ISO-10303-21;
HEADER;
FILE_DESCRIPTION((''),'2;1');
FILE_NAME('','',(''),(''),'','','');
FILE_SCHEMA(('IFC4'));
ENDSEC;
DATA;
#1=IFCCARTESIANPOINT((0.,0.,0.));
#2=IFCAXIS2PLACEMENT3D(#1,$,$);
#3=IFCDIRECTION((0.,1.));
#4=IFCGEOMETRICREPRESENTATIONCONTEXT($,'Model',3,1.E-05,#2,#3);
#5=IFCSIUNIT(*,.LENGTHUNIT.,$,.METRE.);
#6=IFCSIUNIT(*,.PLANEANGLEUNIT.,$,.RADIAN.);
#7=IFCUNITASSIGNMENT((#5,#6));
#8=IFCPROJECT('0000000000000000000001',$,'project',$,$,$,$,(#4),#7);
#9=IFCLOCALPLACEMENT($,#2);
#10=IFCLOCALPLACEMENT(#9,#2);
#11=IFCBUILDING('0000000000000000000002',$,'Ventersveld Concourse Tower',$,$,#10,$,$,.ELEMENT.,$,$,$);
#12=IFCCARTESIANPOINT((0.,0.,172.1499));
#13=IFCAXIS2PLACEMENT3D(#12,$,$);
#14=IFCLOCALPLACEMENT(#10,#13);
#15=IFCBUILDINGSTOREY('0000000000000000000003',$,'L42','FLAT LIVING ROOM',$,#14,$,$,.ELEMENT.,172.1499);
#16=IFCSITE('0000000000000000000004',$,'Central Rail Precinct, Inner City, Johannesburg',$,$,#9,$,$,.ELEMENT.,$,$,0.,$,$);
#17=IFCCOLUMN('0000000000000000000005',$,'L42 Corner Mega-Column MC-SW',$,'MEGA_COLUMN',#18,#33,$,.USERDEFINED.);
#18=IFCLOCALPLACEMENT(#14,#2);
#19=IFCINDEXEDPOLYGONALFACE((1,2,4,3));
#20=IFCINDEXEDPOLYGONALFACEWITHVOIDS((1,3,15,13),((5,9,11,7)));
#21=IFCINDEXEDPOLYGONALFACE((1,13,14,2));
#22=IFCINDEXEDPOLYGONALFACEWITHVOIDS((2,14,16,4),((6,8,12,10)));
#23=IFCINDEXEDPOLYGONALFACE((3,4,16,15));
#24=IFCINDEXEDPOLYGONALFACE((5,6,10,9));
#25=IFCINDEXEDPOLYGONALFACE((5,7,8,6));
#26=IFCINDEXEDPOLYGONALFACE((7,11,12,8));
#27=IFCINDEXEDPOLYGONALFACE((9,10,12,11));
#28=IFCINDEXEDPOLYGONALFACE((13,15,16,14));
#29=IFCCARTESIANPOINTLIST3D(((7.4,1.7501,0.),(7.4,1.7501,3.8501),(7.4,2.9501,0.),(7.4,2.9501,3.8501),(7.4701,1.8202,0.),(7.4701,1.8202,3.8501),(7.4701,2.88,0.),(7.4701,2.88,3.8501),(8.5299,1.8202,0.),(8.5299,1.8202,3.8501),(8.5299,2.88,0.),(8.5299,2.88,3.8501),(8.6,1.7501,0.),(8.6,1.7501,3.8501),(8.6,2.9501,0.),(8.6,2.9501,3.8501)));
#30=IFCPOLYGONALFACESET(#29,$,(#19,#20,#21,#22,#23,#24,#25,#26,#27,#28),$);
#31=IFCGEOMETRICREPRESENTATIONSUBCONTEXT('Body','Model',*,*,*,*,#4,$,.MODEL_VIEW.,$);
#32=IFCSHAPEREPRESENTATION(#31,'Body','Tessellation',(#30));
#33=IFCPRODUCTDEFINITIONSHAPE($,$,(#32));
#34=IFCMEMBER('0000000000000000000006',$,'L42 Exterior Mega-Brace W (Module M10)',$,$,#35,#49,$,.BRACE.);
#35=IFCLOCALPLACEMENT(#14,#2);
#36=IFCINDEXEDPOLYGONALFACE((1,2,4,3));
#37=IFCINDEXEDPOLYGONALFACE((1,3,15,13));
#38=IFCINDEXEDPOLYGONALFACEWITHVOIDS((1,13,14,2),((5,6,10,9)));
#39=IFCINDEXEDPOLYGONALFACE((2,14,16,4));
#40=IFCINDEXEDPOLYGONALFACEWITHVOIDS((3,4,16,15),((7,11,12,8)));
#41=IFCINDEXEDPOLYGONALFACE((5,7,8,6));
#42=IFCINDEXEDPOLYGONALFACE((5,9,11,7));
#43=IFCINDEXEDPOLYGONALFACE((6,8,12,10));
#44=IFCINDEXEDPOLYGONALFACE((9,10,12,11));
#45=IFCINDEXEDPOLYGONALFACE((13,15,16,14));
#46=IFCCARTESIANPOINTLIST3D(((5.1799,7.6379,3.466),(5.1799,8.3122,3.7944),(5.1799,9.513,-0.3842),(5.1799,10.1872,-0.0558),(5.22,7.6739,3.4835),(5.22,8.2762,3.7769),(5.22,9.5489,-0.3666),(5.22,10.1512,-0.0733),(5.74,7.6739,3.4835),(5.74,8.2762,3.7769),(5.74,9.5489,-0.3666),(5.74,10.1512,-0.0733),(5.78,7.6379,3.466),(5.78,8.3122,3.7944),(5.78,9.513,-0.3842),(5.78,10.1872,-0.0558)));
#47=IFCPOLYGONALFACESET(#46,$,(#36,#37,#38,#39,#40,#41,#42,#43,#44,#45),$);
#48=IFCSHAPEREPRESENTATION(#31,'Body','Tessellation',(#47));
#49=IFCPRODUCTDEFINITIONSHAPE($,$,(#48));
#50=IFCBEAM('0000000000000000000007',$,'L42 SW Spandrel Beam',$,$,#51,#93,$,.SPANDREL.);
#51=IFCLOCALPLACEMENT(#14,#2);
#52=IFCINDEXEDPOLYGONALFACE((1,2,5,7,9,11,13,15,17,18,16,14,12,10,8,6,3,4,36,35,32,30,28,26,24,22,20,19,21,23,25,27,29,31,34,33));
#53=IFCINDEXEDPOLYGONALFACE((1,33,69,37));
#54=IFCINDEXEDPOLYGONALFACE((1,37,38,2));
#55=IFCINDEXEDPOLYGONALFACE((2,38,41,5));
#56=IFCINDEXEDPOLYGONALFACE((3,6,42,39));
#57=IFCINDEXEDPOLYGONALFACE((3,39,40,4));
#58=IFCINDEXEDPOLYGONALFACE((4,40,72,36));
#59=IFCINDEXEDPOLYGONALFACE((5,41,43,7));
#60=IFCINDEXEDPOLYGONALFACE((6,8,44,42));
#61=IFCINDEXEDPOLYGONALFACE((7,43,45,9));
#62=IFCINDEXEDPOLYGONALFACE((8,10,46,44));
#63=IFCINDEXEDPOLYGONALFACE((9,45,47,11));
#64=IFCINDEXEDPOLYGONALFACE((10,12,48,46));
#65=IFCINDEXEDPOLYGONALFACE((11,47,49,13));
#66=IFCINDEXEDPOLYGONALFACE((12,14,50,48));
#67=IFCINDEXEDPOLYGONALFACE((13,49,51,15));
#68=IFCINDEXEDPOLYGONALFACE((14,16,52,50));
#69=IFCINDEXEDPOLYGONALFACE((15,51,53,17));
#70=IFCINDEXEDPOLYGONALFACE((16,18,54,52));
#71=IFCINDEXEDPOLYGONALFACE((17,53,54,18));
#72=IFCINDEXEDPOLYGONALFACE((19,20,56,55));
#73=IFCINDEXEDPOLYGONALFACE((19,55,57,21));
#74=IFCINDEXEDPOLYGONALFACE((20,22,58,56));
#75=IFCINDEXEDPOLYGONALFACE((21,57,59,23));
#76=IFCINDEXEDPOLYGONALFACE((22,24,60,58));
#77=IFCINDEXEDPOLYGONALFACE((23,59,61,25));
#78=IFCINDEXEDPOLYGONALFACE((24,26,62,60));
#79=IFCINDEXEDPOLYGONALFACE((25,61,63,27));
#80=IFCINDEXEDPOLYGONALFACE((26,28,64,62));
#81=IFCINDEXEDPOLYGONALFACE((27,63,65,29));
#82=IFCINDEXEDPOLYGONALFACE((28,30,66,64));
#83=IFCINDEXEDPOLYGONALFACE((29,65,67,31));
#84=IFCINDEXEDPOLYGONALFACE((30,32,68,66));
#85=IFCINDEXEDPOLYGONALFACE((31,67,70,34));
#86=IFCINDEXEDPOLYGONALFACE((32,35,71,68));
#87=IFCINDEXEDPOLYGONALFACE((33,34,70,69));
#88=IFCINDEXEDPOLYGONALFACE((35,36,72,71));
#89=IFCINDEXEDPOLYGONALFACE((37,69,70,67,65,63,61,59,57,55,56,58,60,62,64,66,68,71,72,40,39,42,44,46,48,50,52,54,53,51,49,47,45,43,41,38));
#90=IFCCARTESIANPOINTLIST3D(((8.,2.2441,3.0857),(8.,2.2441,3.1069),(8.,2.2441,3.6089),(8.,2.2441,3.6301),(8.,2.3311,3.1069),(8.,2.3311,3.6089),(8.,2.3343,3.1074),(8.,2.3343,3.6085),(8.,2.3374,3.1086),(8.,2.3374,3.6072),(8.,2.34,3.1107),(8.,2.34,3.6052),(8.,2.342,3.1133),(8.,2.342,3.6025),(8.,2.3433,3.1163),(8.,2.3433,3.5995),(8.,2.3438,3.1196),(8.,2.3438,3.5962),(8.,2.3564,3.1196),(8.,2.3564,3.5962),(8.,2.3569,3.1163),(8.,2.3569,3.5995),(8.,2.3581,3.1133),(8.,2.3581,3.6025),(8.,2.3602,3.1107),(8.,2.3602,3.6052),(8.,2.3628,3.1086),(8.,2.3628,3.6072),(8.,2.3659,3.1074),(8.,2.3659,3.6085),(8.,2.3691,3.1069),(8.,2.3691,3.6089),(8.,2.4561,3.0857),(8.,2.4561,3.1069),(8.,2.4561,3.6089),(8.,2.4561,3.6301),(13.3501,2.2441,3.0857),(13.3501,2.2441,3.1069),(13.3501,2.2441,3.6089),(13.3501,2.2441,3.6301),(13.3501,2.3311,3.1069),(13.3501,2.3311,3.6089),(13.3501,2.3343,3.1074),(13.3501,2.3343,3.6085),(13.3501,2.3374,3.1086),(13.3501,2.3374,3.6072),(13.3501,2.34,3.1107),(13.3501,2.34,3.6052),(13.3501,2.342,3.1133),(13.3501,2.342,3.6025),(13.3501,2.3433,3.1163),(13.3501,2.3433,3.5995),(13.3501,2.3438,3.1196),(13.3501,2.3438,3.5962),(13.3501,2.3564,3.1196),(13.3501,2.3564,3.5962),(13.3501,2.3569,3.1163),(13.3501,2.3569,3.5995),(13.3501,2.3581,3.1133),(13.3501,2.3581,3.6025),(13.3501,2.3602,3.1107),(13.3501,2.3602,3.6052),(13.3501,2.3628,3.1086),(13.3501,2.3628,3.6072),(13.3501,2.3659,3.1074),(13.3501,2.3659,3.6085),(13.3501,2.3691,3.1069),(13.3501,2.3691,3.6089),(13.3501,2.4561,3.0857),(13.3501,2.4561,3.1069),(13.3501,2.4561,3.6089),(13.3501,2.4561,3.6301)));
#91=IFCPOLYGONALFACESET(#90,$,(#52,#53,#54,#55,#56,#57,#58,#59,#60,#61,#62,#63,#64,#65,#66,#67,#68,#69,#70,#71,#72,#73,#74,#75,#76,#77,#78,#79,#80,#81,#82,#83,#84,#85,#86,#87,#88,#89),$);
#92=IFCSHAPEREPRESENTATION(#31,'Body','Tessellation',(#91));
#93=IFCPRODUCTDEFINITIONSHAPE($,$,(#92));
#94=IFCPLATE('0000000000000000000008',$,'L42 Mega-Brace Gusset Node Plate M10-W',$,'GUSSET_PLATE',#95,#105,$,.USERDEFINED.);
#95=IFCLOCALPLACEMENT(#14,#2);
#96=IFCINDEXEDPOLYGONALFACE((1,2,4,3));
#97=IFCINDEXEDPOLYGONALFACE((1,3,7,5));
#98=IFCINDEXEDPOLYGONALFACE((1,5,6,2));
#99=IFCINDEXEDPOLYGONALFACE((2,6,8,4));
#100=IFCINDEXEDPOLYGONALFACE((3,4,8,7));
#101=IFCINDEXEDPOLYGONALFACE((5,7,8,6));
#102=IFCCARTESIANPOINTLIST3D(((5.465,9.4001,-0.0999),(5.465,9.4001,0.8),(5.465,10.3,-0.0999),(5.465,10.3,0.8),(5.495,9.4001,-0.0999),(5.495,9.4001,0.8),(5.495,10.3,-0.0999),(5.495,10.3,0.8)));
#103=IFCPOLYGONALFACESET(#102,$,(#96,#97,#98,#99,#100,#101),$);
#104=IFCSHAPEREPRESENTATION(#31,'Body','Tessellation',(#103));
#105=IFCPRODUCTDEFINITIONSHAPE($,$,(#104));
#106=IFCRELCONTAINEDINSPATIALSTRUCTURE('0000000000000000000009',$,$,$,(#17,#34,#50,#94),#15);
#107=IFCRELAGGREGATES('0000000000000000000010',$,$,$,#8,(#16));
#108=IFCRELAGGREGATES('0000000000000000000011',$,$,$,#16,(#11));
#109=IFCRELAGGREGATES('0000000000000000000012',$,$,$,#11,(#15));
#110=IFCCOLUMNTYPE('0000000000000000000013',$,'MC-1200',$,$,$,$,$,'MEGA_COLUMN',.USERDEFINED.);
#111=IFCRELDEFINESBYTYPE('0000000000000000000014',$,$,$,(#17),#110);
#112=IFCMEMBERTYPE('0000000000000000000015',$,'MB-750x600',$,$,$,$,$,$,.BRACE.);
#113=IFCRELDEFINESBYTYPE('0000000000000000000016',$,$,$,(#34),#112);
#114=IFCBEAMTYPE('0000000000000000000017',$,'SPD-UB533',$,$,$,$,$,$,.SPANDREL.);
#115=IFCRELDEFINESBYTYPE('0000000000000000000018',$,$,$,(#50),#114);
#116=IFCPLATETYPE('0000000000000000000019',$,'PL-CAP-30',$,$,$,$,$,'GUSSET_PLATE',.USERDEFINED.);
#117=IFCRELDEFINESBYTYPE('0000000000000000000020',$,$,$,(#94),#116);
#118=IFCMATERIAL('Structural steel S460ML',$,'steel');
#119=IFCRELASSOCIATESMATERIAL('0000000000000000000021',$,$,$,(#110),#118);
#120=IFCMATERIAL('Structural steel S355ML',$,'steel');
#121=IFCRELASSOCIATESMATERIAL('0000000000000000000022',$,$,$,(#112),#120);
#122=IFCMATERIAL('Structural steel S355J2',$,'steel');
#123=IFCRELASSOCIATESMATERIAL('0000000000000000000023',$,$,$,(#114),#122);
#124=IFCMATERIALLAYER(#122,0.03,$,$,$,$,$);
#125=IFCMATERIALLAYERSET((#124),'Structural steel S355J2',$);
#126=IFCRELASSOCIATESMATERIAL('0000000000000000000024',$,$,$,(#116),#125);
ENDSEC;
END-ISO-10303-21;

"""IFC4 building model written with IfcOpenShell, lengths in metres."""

from ifc_helpers import new_model, si_unit, direction, frame, origin, origin_2d, place, context, subcontext, project, spatial, rectangle, hollow_rectangle, i_section, extrude, material, layer, layer_set, material_profile, profile_set, type_object, element, save


model = new_model("IFC4")

# Units and contexts
model_context = context("Model", 3, precision=1e-05, world=origin(), true_north=direction((0.0, 1.0)))
body_context = subcontext(model_context, "Body", "Model", "MODEL_VIEW")
ifc_project = project(units=[si_unit("LENGTHUNIT", "METRE"), si_unit("PLANEANGLEUNIT", "RADIAN")], contexts=[model_context])

# Site, building, storey
site_placement = place(None, origin())
site = spatial("IfcSite", under=ifc_project, at=site_placement, Name="Central Rail Precinct, Inner City, Johannesburg", CompositionType="ELEMENT", RefElevation=0.0)
building_placement = place(site_placement, origin())
building = spatial("IfcBuilding", under=site, at=building_placement, Name="Ventersveld Concourse Tower", CompositionType="ELEMENT")
storey_placement = place(building_placement, frame((0.0, 0.0, 172.1499)))
storey = spatial("IfcBuildingStorey", under=building, at=storey_placement, Name="L42", Description="FLAT LIVING ROOM", CompositionType="ELEMENT", Elevation=172.1499)

# Column
ifc_material_1 = material(Name="Structural steel S460ML", Category="steel")
ifc_material_profile_1 = material_profile(ifc_material_1, hollow_rectangle(XDim=1.2, YDim=1.2, WallThickness=0.0701, at=origin_2d()), Name="BOX 1200x1200x70")
ifc_profile_set_1 = profile_set([ifc_material_profile_1], Name="Structural steel S460ML")
column_type = type_object("IfcColumnType", Name="MC-1200", ElementType="MEGA_COLUMN", PredefinedType="USERDEFINED", material=ifc_profile_set_1)
column_placement = place(storey_placement, frame((8.0, 2.3501, 0.0), z_axis=(0.0, 0.0, 1.0), x_axis=(1.0, 0.0, 0.0)))
element("IfcColumn", 1, at=column_placement, inside=storey, type_object=column_type, Name="L42 Corner Mega-Column MC-SW", ObjectType="MEGA_COLUMN", PredefinedType="USERDEFINED", context=body_context, shape_type="SweptSolid", body=[
    extrude(hollow_rectangle(XDim=1.2, YDim=1.2, WallThickness=0.0701, at=origin_2d()), origin(), (0.0, 0.0, 1.0), 3.8501),
])

# Member
ifc_material_2 = material(Name="Structural steel S355ML", Category="steel")
ifc_material_profile_2 = material_profile(ifc_material_2, hollow_rectangle(XDim=0.6001, YDim=0.75, WallThickness=0.04, at=origin_2d()), Name="BOX 750x600x40")
ifc_profile_set_2 = profile_set([ifc_material_profile_2], Name="Structural steel S355ML")
member_type = type_object("IfcMemberType", Name="MB-750x600", PredefinedType="BRACE", material=ifc_profile_set_2)
member_placement = place(storey_placement, frame((5.48, 9.8501, -0.22), z_axis=(0.0, -0.437839, 0.899053), x_axis=(1.0, 0.0, 0.0)))
element("IfcMember", 2, at=member_placement, inside=storey, type_object=member_type, Name="L42 Exterior Mega-Brace W (Module M10)", PredefinedType="BRACE", context=body_context, shape_type="SweptSolid", body=[
    extrude(hollow_rectangle(XDim=0.6001, YDim=0.75, WallThickness=0.04, at=origin_2d()), origin(), (0.0, 0.0, 1.0), 4.2825),
])

# Beam
ifc_material_3 = material(Name="Structural steel S355J2", Category="steel")
ifc_material_profile_3 = material_profile(ifc_material_3, i_section(OverallWidth=0.2119, OverallDepth=0.5444, WebThickness=0.0127, FlangeThickness=0.0212, FilletRadius=0.0127, at=origin_2d()), Name="UB 533x210x122")
ifc_profile_set_3 = profile_set([ifc_material_profile_3], Name="Structural steel S355J2")
beam_type = type_object("IfcBeamType", Name="SPD-UB533", PredefinedType="SPANDREL", material=ifc_profile_set_3)
beam_placement = place(storey_placement, frame((8.0, 2.3501, 3.3579), z_axis=(1.0, 0.0, 0.0), x_axis=(0.0, 1.0, 0.0)))
element("IfcBeam", 3, at=beam_placement, inside=storey, type_object=beam_type, Name="L42 SW Spandrel Beam", PredefinedType="SPANDREL", context=body_context, shape_type="SweptSolid", body=[
    extrude(i_section(OverallWidth=0.2119, OverallDepth=0.5444, WebThickness=0.0127, FlangeThickness=0.0212, FilletRadius=0.0127, at=origin_2d()), origin(), (0.0, 0.0, 1.0), 5.3501),
])

# Plate
ifc_layer_1 = layer(ifc_material_3, 0.03)
ifc_layer_set_1 = layer_set([ifc_layer_1], Name="Structural steel S355J2")
plate_type = type_object("IfcPlateType", Name="PL-CAP-30", ElementType="GUSSET_PLATE", PredefinedType="USERDEFINED", material=ifc_layer_set_1)
plate_placement = place(storey_placement, frame((5.48, 9.8501, -0.0999), z_axis=(0.0, 0.0, 1.0), x_axis=(0.0, 1.0, 0.0)))
element("IfcPlate", 4, at=plate_placement, inside=storey, type_object=plate_type, Name="L42 Mega-Brace Gusset Node Plate M10-W", ObjectType="GUSSET_PLATE", PredefinedType="USERDEFINED", context=body_context, shape_type="SweptSolid", body=[
    extrude(rectangle(XDim=0.8999, YDim=0.03, at=origin_2d()), origin(), (0.0, 0.0, 1.0), 0.8999),
])

save(model, "model.ifc")
